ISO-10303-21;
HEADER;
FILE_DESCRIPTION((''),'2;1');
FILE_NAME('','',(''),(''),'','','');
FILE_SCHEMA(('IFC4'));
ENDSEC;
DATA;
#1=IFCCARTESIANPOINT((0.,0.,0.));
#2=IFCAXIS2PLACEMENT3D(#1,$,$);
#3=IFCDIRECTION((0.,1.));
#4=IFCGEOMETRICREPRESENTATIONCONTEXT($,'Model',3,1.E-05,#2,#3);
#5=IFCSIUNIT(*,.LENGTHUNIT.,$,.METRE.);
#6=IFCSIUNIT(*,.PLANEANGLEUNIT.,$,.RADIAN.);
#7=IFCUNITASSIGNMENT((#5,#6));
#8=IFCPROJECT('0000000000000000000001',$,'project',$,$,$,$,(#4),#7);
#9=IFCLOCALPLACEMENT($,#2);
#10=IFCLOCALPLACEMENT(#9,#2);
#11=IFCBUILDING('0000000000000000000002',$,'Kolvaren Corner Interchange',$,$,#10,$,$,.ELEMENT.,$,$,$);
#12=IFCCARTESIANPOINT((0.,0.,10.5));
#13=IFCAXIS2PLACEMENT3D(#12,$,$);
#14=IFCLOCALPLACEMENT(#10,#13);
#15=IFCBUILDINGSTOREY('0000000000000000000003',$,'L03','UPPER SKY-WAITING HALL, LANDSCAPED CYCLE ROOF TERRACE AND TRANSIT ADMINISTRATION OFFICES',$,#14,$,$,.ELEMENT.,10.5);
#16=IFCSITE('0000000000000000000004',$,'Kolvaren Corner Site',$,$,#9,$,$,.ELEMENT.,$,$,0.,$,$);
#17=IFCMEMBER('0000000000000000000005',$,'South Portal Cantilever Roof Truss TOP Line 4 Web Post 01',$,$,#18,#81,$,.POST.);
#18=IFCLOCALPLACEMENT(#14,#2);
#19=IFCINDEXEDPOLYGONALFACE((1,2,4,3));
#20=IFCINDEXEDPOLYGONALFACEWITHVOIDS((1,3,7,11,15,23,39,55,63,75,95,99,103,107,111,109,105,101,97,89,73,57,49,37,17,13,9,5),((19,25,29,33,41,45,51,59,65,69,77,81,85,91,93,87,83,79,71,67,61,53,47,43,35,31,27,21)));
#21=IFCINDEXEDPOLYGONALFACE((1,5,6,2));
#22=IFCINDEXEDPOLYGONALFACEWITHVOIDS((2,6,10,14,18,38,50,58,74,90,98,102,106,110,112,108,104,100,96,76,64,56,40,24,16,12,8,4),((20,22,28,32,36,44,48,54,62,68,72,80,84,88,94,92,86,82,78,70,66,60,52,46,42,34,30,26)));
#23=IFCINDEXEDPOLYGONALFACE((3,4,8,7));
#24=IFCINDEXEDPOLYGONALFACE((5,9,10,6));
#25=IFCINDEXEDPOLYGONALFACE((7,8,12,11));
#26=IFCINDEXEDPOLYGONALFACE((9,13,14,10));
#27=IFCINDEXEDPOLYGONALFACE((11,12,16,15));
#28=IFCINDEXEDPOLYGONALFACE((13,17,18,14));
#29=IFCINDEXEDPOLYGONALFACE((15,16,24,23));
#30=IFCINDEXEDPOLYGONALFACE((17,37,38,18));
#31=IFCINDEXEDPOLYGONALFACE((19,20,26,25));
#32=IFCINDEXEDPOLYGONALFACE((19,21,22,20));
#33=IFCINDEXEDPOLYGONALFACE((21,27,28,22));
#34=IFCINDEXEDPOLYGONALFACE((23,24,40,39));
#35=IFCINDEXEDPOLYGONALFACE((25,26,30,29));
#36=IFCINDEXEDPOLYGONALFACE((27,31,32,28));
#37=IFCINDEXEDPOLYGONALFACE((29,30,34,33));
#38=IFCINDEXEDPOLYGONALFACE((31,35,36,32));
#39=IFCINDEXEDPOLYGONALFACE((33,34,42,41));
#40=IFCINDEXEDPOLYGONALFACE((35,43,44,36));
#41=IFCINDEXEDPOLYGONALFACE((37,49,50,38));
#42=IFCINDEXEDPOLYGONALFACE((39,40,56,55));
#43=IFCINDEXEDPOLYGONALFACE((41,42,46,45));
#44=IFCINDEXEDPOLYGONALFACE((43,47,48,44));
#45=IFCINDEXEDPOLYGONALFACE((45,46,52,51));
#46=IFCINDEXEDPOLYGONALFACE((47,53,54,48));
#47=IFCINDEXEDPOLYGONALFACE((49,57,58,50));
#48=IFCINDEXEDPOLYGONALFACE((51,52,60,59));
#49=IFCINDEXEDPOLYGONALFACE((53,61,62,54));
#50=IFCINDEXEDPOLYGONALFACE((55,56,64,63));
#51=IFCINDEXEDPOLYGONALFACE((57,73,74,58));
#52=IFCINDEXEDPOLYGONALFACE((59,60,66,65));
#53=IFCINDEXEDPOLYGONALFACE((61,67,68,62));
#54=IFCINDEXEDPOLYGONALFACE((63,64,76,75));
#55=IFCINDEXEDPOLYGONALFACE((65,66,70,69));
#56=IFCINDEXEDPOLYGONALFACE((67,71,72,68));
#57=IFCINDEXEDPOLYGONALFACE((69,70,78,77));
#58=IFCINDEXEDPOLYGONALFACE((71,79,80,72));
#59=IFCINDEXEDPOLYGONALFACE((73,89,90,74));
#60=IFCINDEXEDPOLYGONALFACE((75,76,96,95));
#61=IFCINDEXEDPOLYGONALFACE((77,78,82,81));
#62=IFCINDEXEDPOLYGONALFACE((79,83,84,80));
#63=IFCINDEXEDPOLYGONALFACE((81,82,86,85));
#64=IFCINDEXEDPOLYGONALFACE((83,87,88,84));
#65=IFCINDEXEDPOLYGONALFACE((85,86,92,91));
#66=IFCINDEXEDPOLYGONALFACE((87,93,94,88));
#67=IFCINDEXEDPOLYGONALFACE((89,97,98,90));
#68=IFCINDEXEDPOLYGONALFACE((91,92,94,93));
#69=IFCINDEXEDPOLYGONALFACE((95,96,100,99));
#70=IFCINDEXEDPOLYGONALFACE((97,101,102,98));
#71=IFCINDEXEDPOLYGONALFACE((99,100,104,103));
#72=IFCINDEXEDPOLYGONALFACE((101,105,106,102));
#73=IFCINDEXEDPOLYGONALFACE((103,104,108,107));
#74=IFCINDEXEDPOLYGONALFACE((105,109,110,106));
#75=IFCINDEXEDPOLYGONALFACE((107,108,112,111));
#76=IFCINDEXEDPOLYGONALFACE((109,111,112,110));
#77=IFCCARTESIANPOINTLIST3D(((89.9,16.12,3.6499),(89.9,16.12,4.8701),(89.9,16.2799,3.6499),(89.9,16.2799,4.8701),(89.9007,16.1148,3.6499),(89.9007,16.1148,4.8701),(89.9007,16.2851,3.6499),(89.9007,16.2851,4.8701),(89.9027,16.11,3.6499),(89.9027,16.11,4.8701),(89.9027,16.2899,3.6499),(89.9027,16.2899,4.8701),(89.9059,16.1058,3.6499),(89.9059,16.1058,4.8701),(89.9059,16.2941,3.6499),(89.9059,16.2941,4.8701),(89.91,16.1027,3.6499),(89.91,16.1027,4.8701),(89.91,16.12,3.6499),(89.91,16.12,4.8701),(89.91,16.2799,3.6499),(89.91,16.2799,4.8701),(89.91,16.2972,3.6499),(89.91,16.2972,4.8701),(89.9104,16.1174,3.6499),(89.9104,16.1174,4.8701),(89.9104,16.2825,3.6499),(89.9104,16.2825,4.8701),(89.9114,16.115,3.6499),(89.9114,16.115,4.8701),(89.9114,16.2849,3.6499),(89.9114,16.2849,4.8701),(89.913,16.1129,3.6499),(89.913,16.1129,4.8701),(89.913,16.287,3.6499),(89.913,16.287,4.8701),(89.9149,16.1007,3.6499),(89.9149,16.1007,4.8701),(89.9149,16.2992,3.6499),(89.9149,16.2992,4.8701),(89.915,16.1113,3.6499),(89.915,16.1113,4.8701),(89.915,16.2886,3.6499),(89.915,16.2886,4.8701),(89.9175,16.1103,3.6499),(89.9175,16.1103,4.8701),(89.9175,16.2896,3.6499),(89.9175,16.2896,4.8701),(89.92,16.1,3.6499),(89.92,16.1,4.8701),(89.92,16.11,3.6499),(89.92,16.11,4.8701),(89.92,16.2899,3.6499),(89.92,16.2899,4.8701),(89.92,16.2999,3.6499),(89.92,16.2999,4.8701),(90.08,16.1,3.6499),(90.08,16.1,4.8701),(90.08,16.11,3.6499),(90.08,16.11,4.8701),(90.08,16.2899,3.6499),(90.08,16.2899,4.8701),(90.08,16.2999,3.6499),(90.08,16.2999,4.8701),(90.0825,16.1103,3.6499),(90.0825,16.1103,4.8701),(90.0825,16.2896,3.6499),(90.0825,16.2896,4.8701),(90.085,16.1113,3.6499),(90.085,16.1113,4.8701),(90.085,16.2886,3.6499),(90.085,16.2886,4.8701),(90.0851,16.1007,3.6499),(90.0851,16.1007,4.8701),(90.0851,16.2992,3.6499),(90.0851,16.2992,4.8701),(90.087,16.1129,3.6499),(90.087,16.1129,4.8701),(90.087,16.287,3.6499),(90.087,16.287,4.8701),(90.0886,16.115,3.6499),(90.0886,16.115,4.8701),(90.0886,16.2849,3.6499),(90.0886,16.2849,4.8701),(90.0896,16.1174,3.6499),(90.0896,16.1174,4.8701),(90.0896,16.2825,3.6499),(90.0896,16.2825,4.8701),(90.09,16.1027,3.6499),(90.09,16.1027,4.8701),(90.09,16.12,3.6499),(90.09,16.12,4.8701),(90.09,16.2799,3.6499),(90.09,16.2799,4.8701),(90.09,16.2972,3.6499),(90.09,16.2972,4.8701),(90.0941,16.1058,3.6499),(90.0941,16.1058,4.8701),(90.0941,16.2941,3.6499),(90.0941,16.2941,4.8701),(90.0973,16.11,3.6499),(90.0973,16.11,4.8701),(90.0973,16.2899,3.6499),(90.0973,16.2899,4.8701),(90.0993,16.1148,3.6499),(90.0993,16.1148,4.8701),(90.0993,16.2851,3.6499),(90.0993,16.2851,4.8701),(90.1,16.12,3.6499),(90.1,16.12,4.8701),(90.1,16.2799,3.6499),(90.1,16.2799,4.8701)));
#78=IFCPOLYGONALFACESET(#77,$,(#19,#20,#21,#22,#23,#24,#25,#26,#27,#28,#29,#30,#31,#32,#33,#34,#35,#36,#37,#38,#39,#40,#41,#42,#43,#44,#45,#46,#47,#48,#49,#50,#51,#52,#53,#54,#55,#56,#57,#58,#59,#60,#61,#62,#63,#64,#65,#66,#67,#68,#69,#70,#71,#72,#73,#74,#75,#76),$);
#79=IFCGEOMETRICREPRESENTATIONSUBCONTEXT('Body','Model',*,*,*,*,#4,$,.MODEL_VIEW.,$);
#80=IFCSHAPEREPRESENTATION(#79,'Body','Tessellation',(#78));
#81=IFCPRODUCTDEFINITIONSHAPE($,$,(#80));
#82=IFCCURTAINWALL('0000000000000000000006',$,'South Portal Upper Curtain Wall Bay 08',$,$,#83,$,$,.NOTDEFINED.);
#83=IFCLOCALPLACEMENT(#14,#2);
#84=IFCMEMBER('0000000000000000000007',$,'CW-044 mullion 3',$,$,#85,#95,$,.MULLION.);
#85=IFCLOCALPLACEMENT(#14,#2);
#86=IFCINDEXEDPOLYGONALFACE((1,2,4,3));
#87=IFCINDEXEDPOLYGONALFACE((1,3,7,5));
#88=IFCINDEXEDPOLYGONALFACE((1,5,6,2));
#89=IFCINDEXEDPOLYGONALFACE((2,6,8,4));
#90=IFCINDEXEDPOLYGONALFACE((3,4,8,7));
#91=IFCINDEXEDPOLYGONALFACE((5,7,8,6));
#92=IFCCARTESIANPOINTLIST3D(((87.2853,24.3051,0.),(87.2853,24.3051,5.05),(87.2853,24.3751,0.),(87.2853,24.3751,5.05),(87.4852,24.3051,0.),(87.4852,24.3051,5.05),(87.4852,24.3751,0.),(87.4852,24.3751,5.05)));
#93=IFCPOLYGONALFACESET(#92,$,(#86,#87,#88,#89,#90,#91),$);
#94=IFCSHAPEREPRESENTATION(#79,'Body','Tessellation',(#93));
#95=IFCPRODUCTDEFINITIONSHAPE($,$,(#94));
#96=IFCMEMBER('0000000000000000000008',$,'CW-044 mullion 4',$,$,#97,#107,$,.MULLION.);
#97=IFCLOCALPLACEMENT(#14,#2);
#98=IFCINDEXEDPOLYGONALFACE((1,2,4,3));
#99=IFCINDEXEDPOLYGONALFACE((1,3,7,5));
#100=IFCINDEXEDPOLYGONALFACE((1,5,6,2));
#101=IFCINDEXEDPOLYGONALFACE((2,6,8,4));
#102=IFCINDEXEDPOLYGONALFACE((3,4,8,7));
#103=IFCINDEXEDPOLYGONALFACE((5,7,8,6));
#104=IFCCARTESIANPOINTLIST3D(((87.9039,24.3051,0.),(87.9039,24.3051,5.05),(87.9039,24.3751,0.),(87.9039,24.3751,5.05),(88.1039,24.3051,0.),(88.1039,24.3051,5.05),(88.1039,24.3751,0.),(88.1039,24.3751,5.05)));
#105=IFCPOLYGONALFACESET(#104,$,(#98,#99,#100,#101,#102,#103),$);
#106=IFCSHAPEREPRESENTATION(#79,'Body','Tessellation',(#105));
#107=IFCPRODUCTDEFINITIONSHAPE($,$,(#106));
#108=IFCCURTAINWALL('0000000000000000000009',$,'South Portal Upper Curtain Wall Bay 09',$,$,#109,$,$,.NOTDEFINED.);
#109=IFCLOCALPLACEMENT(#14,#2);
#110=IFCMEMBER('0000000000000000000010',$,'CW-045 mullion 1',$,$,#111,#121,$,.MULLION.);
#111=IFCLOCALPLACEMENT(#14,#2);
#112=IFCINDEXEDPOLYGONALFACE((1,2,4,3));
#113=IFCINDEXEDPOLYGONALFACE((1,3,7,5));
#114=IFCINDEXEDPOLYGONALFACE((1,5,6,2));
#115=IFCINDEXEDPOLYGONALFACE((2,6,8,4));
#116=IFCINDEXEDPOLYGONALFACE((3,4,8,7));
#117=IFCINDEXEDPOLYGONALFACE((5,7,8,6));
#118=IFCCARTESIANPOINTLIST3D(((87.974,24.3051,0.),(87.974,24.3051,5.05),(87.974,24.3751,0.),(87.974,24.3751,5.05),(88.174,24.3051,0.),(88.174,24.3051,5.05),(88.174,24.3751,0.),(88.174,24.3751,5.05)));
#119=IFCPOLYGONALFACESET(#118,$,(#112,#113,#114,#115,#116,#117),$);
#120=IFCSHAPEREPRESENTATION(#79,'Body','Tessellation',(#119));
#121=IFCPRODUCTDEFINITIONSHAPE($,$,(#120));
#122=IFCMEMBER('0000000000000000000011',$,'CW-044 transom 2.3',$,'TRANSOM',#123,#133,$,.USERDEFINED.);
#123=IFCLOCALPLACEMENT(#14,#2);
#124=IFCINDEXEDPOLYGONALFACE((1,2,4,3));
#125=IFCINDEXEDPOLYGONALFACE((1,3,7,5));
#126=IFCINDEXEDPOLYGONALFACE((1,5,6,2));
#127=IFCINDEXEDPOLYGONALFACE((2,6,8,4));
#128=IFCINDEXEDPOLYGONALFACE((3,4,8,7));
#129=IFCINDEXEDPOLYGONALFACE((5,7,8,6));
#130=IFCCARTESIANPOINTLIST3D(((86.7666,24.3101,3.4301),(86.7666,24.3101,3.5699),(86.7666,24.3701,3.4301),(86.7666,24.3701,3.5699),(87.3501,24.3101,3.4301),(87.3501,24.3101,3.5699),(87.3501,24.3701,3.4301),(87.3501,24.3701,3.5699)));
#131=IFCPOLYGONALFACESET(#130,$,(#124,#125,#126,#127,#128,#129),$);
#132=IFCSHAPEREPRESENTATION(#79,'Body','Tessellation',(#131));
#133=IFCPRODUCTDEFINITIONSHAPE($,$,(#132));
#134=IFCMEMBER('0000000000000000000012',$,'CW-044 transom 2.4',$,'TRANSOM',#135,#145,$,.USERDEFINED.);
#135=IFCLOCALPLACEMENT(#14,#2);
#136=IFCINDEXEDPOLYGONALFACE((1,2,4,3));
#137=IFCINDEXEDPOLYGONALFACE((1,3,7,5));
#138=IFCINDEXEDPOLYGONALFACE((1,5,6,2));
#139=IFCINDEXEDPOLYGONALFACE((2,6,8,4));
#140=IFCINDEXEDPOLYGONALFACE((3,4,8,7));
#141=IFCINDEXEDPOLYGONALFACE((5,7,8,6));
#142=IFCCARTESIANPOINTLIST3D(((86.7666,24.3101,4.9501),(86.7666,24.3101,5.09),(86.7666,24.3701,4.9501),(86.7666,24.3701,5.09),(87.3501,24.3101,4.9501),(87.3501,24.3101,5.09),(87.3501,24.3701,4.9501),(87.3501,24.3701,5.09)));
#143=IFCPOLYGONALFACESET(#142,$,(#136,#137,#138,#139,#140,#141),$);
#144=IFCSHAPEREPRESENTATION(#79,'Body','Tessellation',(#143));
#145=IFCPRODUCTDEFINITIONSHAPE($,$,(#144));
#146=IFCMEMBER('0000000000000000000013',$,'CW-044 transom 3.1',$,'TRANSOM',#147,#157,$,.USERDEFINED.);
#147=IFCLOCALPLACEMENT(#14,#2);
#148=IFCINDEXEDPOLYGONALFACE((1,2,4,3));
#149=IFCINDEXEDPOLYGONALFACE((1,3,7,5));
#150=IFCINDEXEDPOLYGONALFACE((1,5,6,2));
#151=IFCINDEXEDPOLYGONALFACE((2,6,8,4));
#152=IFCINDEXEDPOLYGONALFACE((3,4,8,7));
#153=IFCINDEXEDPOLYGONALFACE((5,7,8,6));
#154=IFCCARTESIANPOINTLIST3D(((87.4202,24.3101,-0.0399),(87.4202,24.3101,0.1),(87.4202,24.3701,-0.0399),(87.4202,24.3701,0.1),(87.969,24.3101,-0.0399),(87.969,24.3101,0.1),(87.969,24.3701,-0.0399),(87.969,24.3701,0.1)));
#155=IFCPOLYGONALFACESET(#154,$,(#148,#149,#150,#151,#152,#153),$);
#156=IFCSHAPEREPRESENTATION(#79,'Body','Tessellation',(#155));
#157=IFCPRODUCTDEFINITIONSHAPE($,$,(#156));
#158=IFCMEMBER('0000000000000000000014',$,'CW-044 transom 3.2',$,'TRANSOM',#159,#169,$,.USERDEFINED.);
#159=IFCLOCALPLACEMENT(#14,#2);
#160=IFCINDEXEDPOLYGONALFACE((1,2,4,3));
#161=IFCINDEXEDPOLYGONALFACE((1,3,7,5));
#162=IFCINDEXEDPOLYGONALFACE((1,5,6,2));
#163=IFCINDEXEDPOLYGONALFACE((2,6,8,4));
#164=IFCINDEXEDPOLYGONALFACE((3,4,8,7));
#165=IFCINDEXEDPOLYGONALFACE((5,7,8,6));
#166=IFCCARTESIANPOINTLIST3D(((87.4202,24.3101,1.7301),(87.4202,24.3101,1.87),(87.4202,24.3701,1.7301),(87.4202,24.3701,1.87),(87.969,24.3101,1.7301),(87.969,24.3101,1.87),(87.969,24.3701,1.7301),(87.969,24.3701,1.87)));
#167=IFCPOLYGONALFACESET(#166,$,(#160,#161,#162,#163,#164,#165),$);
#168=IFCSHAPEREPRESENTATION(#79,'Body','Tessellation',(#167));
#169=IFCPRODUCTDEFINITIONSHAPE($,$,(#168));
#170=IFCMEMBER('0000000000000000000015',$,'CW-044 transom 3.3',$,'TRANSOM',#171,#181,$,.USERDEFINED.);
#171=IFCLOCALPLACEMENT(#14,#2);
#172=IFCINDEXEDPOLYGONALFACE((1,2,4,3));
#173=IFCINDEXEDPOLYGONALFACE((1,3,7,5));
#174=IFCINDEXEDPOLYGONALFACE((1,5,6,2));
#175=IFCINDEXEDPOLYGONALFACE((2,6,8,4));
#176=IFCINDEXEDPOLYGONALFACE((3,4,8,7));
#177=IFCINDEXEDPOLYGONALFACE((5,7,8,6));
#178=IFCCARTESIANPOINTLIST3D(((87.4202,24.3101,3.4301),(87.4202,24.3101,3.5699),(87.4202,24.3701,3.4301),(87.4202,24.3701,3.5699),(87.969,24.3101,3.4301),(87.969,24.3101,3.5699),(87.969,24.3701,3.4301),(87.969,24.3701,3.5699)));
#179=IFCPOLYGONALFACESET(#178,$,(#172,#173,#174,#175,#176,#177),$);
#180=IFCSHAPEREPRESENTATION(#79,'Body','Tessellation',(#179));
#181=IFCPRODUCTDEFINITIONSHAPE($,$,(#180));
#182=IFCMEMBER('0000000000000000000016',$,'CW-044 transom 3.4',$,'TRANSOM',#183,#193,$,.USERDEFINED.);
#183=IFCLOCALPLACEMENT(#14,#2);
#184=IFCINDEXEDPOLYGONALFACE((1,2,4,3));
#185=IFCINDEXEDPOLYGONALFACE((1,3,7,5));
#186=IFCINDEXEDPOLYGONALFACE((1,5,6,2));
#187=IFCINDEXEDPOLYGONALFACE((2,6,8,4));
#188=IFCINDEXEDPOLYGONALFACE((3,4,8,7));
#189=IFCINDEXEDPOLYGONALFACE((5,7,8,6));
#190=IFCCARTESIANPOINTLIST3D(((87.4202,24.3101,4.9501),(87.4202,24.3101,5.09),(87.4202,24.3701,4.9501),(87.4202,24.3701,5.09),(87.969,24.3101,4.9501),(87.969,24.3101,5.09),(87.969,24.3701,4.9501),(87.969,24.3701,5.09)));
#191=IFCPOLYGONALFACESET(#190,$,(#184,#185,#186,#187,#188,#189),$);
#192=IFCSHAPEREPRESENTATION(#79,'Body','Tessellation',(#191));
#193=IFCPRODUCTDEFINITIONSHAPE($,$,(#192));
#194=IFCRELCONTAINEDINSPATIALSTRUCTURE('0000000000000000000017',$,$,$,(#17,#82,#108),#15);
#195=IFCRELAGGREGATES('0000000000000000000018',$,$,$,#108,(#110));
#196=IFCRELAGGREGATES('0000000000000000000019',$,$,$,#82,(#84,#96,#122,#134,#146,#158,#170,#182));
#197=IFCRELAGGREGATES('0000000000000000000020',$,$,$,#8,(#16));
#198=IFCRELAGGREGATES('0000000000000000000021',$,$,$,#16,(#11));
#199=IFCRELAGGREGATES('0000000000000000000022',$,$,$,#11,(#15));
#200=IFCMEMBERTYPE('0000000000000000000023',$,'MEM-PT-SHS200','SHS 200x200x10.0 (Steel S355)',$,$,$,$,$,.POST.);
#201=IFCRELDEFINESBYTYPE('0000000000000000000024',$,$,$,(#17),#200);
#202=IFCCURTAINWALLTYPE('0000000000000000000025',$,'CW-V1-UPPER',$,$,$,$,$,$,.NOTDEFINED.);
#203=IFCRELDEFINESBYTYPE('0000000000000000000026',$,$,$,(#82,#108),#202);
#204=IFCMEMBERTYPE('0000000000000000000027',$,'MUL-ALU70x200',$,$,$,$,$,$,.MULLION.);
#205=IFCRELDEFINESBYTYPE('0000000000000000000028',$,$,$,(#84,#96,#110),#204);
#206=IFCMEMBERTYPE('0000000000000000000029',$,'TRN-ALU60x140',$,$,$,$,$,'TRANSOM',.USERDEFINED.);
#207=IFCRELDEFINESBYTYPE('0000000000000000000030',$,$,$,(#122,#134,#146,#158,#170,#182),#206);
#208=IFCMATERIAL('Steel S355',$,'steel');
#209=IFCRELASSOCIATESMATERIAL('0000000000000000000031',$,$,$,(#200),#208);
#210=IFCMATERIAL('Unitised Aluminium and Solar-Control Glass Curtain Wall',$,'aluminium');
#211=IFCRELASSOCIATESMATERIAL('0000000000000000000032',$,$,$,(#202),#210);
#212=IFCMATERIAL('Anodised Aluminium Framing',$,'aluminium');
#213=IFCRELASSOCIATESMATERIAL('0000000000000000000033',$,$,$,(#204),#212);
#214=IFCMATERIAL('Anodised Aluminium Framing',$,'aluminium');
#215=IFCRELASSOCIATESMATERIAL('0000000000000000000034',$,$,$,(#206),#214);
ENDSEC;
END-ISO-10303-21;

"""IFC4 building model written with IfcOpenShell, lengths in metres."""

from ifc_helpers import new_model, si_unit, direction, frame, origin, origin_2d, place, context, subcontext, project, spatial, rectangle, hollow_rectangle, extrude, material, material_profile, profile_set, type_object, element, aggregate, save


model = new_model("IFC4")

# Units and contexts
model_context = context("Model", 3, precision=1e-05, world=origin(), true_north=direction((0.0, 1.0)))
body_context = subcontext(model_context, "Body", "Model", "MODEL_VIEW")
ifc_project = project(units=[si_unit("LENGTHUNIT", "METRE"), si_unit("PLANEANGLEUNIT", "RADIAN")], contexts=[model_context])

# Site, building, storey
site_placement = place(None, origin())
site = spatial("IfcSite", under=ifc_project, at=site_placement, Name="Kolvaren Corner Site", CompositionType="ELEMENT", RefElevation=0.0)
building_placement = place(site_placement, origin())
building = spatial("IfcBuilding", under=site, at=building_placement, Name="Kolvaren Corner Interchange", CompositionType="ELEMENT")
storey_placement = place(building_placement, frame((0.0, 0.0, 10.5)))
storey = spatial("IfcBuildingStorey", under=building, at=storey_placement, Name="L03", Description="UPPER SKY-WAITING HALL, LANDSCAPED CYCLE ROOF TERRACE AND TRANSIT ADMINISTRATION OFFICES", CompositionType="ELEMENT", Elevation=10.5)

# Member
ifc_material_1 = material(Name="Steel S355", Category="steel")
ifc_material_profile_1 = material_profile(ifc_material_1, hollow_rectangle(XDim=0.2, YDim=0.2, WallThickness=0.01, InnerFilletRadius=0.01, OuterFilletRadius=0.02, at=origin_2d()), Name="SHS 200x200x10.0")
ifc_profile_set_1 = profile_set([ifc_material_profile_1], Name="Steel S355")
member_type_1 = type_object("IfcMemberType", Name="MEM-PT-SHS200", Description="SHS 200x200x10.0 (Steel S355)", PredefinedType="POST", material=ifc_profile_set_1)
member_1_placement = place(storey_placement, frame((90.0, 16.2, 3.6499), z_axis=(0.0, 0.0, 1.0), x_axis=(1.0, 0.0, 0.0)))
element("IfcMember", 1, at=member_1_placement, inside=storey, type_object=member_type_1, Name="South Portal Cantilever Roof Truss TOP Line 4 Web Post 01", PredefinedType="POST", context=body_context, shape_type="SweptSolid", body=[
    extrude(hollow_rectangle(XDim=0.2, YDim=0.2, WallThickness=0.01, InnerFilletRadius=0.01, OuterFilletRadius=0.02, at=origin_2d()), origin(), (0.0, 0.0, 1.0), 1.2202),
])

# Curtain wall, members
ifc_material_2 = material(Name="Unitised Aluminium and Solar-Control Glass Curtain Wall", Category="aluminium")
curtain_wall_type = type_object("IfcCurtainWallType", Name="CW-V1-UPPER", PredefinedType="NOTDEFINED", material=ifc_material_2)
curtain_wall_1_placement = place(storey_placement, origin())
curtain_wall_1 = element("IfcCurtainWall", 2, at=curtain_wall_1_placement, inside=storey, type_object=curtain_wall_type, Name="South Portal Upper Curtain Wall Bay 08", PredefinedType="NOTDEFINED")
ifc_material_3 = material(Name="Anodised Aluminium Framing", Category="aluminium")
ifc_material_profile_2 = material_profile(ifc_material_3, rectangle(XDim=0.0701, YDim=0.2, at=origin_2d()), Name="ALU 70x200")
ifc_profile_set_2 = profile_set([ifc_material_profile_2], Name="Anodised Aluminium Framing")
member_type_2 = type_object("IfcMemberType", Name="MUL-ALU70x200", PredefinedType="MULLION", material=ifc_profile_set_2)
member_2_placement = place(storey_placement, frame((87.3853, 24.3401, 0.0), z_axis=(0.0, 0.0, 1.0), x_axis=(0.0, 1.0, 0.0)))
member_2 = element("IfcMember", 3, at=member_2_placement, type_object=member_type_2, Name="CW-044 mullion 3", PredefinedType="MULLION", context=body_context, shape_type="SweptSolid", body=[
    extrude(rectangle(XDim=0.0701, YDim=0.2, at=origin_2d()), origin(), (0.0, 0.0, 1.0), 5.05),
])
member_3_placement = place(storey_placement, frame((88.0039, 24.3401, 0.0), z_axis=(0.0, 0.0, 1.0), x_axis=(0.0, 1.0, 0.0)))
member_3 = element("IfcMember", 4, at=member_3_placement, type_object=member_type_2, Name="CW-044 mullion 4", PredefinedType="MULLION", context=body_context, shape_type="SweptSolid", body=[
    extrude(rectangle(XDim=0.0701, YDim=0.2, at=origin_2d()), origin(), (0.0, 0.0, 1.0), 5.05),
])

# Curtain wall, member
curtain_wall_2_placement = place(storey_placement, origin())
curtain_wall_2 = element("IfcCurtainWall", 5, at=curtain_wall_2_placement, inside=storey, type_object=curtain_wall_type, Name="South Portal Upper Curtain Wall Bay 09", PredefinedType="NOTDEFINED")
member_4_placement = place(storey_placement, frame((88.074, 24.3401, 0.0), z_axis=(0.0, 0.0, 1.0), x_axis=(0.0, 1.0, 0.0)))
member_4 = element("IfcMember", 6, at=member_4_placement, type_object=member_type_2, Name="CW-045 mullion 1", PredefinedType="MULLION", context=body_context, shape_type="SweptSolid", body=[
    extrude(rectangle(XDim=0.0701, YDim=0.2, at=origin_2d()), origin(), (0.0, 0.0, 1.0), 5.05),
])

# Members
ifc_material_4 = material(Name="Anodised Aluminium Framing", Category="aluminium")
ifc_material_profile_3 = material_profile(ifc_material_4, rectangle(XDim=0.0601, YDim=0.1399, at=origin_2d()), Name="ALU 60x140")
ifc_profile_set_3 = profile_set([ifc_material_profile_3], Name="Anodised Aluminium Framing")
member_type_3 = type_object("IfcMemberType", Name="TRN-ALU60x140", ElementType="TRANSOM", PredefinedType="USERDEFINED", material=ifc_profile_set_3)
member_5_placement = place(storey_placement, frame((86.7666, 24.3401, 3.5), z_axis=(1.0, 0.0, 0.0), x_axis=(0.0, 1.0, 0.0)))
member_5 = element("IfcMember", 7, at=member_5_placement, type_object=member_type_3, Name="CW-044 transom 2.3", ObjectType="TRANSOM", PredefinedType="USERDEFINED", context=body_context, shape_type="SweptSolid", body=[
    extrude(rectangle(XDim=0.0601, YDim=0.1399, at=origin_2d()), origin(), (0.0, 0.0, 1.0), 0.5835),
])
member_6_placement = place(storey_placement, frame((86.7666, 24.3401, 5.02), z_axis=(1.0, 0.0, 0.0), x_axis=(0.0, 1.0, 0.0)))
member_6 = element("IfcMember", 8, at=member_6_placement, type_object=member_type_3, Name="CW-044 transom 2.4", ObjectType="TRANSOM", PredefinedType="USERDEFINED", context=body_context, shape_type="SweptSolid", body=[
    extrude(rectangle(XDim=0.0601, YDim=0.1399, at=origin_2d()), origin(), (0.0, 0.0, 1.0), 0.5835),
])
member_7_placement = place(storey_placement, frame((87.4202, 24.3401, 0.03), z_axis=(1.0, 0.0, 0.0), x_axis=(0.0, 1.0, 0.0)))
member_7 = element("IfcMember", 9, at=member_7_placement, type_object=member_type_3, Name="CW-044 transom 3.1", ObjectType="TRANSOM", PredefinedType="USERDEFINED", context=body_context, shape_type="SweptSolid", body=[
    extrude(rectangle(XDim=0.0601, YDim=0.1399, at=origin_2d()), origin(), (0.0, 0.0, 1.0), 0.5488),
])
member_8_placement = place(storey_placement, frame((87.4202, 24.3401, 1.8), z_axis=(1.0, 0.0, 0.0), x_axis=(0.0, 1.0, 0.0)))
member_8 = element("IfcMember", 10, at=member_8_placement, type_object=member_type_3, Name="CW-044 transom 3.2", ObjectType="TRANSOM", PredefinedType="USERDEFINED", context=body_context, shape_type="SweptSolid", body=[
    extrude(rectangle(XDim=0.0601, YDim=0.1399, at=origin_2d()), origin(), (0.0, 0.0, 1.0), 0.5488),
])
member_9_placement = place(storey_placement, frame((87.4202, 24.3401, 3.5), z_axis=(1.0, 0.0, 0.0), x_axis=(0.0, 1.0, 0.0)))
member_9 = element("IfcMember", 11, at=member_9_placement, type_object=member_type_3, Name="CW-044 transom 3.3", ObjectType="TRANSOM", PredefinedType="USERDEFINED", context=body_context, shape_type="SweptSolid", body=[
    extrude(rectangle(XDim=0.0601, YDim=0.1399, at=origin_2d()), origin(), (0.0, 0.0, 1.0), 0.5488),
])
member_10_placement = place(storey_placement, frame((87.4202, 24.3401, 5.02), z_axis=(1.0, 0.0, 0.0), x_axis=(0.0, 1.0, 0.0)))
member_10 = element("IfcMember", 12, at=member_10_placement, type_object=member_type_3, Name="CW-044 transom 3.4", ObjectType="TRANSOM", PredefinedType="USERDEFINED", context=body_context, shape_type="SweptSolid", body=[
    extrude(rectangle(XDim=0.0601, YDim=0.1399, at=origin_2d()), origin(), (0.0, 0.0, 1.0), 0.5488),
])
aggregate(curtain_wall_2, [member_4])

aggregate(curtain_wall_1, [member_2, member_3, member_5, member_6, member_7, member_8, member_9, member_10])

save(model, "model.ifc")
